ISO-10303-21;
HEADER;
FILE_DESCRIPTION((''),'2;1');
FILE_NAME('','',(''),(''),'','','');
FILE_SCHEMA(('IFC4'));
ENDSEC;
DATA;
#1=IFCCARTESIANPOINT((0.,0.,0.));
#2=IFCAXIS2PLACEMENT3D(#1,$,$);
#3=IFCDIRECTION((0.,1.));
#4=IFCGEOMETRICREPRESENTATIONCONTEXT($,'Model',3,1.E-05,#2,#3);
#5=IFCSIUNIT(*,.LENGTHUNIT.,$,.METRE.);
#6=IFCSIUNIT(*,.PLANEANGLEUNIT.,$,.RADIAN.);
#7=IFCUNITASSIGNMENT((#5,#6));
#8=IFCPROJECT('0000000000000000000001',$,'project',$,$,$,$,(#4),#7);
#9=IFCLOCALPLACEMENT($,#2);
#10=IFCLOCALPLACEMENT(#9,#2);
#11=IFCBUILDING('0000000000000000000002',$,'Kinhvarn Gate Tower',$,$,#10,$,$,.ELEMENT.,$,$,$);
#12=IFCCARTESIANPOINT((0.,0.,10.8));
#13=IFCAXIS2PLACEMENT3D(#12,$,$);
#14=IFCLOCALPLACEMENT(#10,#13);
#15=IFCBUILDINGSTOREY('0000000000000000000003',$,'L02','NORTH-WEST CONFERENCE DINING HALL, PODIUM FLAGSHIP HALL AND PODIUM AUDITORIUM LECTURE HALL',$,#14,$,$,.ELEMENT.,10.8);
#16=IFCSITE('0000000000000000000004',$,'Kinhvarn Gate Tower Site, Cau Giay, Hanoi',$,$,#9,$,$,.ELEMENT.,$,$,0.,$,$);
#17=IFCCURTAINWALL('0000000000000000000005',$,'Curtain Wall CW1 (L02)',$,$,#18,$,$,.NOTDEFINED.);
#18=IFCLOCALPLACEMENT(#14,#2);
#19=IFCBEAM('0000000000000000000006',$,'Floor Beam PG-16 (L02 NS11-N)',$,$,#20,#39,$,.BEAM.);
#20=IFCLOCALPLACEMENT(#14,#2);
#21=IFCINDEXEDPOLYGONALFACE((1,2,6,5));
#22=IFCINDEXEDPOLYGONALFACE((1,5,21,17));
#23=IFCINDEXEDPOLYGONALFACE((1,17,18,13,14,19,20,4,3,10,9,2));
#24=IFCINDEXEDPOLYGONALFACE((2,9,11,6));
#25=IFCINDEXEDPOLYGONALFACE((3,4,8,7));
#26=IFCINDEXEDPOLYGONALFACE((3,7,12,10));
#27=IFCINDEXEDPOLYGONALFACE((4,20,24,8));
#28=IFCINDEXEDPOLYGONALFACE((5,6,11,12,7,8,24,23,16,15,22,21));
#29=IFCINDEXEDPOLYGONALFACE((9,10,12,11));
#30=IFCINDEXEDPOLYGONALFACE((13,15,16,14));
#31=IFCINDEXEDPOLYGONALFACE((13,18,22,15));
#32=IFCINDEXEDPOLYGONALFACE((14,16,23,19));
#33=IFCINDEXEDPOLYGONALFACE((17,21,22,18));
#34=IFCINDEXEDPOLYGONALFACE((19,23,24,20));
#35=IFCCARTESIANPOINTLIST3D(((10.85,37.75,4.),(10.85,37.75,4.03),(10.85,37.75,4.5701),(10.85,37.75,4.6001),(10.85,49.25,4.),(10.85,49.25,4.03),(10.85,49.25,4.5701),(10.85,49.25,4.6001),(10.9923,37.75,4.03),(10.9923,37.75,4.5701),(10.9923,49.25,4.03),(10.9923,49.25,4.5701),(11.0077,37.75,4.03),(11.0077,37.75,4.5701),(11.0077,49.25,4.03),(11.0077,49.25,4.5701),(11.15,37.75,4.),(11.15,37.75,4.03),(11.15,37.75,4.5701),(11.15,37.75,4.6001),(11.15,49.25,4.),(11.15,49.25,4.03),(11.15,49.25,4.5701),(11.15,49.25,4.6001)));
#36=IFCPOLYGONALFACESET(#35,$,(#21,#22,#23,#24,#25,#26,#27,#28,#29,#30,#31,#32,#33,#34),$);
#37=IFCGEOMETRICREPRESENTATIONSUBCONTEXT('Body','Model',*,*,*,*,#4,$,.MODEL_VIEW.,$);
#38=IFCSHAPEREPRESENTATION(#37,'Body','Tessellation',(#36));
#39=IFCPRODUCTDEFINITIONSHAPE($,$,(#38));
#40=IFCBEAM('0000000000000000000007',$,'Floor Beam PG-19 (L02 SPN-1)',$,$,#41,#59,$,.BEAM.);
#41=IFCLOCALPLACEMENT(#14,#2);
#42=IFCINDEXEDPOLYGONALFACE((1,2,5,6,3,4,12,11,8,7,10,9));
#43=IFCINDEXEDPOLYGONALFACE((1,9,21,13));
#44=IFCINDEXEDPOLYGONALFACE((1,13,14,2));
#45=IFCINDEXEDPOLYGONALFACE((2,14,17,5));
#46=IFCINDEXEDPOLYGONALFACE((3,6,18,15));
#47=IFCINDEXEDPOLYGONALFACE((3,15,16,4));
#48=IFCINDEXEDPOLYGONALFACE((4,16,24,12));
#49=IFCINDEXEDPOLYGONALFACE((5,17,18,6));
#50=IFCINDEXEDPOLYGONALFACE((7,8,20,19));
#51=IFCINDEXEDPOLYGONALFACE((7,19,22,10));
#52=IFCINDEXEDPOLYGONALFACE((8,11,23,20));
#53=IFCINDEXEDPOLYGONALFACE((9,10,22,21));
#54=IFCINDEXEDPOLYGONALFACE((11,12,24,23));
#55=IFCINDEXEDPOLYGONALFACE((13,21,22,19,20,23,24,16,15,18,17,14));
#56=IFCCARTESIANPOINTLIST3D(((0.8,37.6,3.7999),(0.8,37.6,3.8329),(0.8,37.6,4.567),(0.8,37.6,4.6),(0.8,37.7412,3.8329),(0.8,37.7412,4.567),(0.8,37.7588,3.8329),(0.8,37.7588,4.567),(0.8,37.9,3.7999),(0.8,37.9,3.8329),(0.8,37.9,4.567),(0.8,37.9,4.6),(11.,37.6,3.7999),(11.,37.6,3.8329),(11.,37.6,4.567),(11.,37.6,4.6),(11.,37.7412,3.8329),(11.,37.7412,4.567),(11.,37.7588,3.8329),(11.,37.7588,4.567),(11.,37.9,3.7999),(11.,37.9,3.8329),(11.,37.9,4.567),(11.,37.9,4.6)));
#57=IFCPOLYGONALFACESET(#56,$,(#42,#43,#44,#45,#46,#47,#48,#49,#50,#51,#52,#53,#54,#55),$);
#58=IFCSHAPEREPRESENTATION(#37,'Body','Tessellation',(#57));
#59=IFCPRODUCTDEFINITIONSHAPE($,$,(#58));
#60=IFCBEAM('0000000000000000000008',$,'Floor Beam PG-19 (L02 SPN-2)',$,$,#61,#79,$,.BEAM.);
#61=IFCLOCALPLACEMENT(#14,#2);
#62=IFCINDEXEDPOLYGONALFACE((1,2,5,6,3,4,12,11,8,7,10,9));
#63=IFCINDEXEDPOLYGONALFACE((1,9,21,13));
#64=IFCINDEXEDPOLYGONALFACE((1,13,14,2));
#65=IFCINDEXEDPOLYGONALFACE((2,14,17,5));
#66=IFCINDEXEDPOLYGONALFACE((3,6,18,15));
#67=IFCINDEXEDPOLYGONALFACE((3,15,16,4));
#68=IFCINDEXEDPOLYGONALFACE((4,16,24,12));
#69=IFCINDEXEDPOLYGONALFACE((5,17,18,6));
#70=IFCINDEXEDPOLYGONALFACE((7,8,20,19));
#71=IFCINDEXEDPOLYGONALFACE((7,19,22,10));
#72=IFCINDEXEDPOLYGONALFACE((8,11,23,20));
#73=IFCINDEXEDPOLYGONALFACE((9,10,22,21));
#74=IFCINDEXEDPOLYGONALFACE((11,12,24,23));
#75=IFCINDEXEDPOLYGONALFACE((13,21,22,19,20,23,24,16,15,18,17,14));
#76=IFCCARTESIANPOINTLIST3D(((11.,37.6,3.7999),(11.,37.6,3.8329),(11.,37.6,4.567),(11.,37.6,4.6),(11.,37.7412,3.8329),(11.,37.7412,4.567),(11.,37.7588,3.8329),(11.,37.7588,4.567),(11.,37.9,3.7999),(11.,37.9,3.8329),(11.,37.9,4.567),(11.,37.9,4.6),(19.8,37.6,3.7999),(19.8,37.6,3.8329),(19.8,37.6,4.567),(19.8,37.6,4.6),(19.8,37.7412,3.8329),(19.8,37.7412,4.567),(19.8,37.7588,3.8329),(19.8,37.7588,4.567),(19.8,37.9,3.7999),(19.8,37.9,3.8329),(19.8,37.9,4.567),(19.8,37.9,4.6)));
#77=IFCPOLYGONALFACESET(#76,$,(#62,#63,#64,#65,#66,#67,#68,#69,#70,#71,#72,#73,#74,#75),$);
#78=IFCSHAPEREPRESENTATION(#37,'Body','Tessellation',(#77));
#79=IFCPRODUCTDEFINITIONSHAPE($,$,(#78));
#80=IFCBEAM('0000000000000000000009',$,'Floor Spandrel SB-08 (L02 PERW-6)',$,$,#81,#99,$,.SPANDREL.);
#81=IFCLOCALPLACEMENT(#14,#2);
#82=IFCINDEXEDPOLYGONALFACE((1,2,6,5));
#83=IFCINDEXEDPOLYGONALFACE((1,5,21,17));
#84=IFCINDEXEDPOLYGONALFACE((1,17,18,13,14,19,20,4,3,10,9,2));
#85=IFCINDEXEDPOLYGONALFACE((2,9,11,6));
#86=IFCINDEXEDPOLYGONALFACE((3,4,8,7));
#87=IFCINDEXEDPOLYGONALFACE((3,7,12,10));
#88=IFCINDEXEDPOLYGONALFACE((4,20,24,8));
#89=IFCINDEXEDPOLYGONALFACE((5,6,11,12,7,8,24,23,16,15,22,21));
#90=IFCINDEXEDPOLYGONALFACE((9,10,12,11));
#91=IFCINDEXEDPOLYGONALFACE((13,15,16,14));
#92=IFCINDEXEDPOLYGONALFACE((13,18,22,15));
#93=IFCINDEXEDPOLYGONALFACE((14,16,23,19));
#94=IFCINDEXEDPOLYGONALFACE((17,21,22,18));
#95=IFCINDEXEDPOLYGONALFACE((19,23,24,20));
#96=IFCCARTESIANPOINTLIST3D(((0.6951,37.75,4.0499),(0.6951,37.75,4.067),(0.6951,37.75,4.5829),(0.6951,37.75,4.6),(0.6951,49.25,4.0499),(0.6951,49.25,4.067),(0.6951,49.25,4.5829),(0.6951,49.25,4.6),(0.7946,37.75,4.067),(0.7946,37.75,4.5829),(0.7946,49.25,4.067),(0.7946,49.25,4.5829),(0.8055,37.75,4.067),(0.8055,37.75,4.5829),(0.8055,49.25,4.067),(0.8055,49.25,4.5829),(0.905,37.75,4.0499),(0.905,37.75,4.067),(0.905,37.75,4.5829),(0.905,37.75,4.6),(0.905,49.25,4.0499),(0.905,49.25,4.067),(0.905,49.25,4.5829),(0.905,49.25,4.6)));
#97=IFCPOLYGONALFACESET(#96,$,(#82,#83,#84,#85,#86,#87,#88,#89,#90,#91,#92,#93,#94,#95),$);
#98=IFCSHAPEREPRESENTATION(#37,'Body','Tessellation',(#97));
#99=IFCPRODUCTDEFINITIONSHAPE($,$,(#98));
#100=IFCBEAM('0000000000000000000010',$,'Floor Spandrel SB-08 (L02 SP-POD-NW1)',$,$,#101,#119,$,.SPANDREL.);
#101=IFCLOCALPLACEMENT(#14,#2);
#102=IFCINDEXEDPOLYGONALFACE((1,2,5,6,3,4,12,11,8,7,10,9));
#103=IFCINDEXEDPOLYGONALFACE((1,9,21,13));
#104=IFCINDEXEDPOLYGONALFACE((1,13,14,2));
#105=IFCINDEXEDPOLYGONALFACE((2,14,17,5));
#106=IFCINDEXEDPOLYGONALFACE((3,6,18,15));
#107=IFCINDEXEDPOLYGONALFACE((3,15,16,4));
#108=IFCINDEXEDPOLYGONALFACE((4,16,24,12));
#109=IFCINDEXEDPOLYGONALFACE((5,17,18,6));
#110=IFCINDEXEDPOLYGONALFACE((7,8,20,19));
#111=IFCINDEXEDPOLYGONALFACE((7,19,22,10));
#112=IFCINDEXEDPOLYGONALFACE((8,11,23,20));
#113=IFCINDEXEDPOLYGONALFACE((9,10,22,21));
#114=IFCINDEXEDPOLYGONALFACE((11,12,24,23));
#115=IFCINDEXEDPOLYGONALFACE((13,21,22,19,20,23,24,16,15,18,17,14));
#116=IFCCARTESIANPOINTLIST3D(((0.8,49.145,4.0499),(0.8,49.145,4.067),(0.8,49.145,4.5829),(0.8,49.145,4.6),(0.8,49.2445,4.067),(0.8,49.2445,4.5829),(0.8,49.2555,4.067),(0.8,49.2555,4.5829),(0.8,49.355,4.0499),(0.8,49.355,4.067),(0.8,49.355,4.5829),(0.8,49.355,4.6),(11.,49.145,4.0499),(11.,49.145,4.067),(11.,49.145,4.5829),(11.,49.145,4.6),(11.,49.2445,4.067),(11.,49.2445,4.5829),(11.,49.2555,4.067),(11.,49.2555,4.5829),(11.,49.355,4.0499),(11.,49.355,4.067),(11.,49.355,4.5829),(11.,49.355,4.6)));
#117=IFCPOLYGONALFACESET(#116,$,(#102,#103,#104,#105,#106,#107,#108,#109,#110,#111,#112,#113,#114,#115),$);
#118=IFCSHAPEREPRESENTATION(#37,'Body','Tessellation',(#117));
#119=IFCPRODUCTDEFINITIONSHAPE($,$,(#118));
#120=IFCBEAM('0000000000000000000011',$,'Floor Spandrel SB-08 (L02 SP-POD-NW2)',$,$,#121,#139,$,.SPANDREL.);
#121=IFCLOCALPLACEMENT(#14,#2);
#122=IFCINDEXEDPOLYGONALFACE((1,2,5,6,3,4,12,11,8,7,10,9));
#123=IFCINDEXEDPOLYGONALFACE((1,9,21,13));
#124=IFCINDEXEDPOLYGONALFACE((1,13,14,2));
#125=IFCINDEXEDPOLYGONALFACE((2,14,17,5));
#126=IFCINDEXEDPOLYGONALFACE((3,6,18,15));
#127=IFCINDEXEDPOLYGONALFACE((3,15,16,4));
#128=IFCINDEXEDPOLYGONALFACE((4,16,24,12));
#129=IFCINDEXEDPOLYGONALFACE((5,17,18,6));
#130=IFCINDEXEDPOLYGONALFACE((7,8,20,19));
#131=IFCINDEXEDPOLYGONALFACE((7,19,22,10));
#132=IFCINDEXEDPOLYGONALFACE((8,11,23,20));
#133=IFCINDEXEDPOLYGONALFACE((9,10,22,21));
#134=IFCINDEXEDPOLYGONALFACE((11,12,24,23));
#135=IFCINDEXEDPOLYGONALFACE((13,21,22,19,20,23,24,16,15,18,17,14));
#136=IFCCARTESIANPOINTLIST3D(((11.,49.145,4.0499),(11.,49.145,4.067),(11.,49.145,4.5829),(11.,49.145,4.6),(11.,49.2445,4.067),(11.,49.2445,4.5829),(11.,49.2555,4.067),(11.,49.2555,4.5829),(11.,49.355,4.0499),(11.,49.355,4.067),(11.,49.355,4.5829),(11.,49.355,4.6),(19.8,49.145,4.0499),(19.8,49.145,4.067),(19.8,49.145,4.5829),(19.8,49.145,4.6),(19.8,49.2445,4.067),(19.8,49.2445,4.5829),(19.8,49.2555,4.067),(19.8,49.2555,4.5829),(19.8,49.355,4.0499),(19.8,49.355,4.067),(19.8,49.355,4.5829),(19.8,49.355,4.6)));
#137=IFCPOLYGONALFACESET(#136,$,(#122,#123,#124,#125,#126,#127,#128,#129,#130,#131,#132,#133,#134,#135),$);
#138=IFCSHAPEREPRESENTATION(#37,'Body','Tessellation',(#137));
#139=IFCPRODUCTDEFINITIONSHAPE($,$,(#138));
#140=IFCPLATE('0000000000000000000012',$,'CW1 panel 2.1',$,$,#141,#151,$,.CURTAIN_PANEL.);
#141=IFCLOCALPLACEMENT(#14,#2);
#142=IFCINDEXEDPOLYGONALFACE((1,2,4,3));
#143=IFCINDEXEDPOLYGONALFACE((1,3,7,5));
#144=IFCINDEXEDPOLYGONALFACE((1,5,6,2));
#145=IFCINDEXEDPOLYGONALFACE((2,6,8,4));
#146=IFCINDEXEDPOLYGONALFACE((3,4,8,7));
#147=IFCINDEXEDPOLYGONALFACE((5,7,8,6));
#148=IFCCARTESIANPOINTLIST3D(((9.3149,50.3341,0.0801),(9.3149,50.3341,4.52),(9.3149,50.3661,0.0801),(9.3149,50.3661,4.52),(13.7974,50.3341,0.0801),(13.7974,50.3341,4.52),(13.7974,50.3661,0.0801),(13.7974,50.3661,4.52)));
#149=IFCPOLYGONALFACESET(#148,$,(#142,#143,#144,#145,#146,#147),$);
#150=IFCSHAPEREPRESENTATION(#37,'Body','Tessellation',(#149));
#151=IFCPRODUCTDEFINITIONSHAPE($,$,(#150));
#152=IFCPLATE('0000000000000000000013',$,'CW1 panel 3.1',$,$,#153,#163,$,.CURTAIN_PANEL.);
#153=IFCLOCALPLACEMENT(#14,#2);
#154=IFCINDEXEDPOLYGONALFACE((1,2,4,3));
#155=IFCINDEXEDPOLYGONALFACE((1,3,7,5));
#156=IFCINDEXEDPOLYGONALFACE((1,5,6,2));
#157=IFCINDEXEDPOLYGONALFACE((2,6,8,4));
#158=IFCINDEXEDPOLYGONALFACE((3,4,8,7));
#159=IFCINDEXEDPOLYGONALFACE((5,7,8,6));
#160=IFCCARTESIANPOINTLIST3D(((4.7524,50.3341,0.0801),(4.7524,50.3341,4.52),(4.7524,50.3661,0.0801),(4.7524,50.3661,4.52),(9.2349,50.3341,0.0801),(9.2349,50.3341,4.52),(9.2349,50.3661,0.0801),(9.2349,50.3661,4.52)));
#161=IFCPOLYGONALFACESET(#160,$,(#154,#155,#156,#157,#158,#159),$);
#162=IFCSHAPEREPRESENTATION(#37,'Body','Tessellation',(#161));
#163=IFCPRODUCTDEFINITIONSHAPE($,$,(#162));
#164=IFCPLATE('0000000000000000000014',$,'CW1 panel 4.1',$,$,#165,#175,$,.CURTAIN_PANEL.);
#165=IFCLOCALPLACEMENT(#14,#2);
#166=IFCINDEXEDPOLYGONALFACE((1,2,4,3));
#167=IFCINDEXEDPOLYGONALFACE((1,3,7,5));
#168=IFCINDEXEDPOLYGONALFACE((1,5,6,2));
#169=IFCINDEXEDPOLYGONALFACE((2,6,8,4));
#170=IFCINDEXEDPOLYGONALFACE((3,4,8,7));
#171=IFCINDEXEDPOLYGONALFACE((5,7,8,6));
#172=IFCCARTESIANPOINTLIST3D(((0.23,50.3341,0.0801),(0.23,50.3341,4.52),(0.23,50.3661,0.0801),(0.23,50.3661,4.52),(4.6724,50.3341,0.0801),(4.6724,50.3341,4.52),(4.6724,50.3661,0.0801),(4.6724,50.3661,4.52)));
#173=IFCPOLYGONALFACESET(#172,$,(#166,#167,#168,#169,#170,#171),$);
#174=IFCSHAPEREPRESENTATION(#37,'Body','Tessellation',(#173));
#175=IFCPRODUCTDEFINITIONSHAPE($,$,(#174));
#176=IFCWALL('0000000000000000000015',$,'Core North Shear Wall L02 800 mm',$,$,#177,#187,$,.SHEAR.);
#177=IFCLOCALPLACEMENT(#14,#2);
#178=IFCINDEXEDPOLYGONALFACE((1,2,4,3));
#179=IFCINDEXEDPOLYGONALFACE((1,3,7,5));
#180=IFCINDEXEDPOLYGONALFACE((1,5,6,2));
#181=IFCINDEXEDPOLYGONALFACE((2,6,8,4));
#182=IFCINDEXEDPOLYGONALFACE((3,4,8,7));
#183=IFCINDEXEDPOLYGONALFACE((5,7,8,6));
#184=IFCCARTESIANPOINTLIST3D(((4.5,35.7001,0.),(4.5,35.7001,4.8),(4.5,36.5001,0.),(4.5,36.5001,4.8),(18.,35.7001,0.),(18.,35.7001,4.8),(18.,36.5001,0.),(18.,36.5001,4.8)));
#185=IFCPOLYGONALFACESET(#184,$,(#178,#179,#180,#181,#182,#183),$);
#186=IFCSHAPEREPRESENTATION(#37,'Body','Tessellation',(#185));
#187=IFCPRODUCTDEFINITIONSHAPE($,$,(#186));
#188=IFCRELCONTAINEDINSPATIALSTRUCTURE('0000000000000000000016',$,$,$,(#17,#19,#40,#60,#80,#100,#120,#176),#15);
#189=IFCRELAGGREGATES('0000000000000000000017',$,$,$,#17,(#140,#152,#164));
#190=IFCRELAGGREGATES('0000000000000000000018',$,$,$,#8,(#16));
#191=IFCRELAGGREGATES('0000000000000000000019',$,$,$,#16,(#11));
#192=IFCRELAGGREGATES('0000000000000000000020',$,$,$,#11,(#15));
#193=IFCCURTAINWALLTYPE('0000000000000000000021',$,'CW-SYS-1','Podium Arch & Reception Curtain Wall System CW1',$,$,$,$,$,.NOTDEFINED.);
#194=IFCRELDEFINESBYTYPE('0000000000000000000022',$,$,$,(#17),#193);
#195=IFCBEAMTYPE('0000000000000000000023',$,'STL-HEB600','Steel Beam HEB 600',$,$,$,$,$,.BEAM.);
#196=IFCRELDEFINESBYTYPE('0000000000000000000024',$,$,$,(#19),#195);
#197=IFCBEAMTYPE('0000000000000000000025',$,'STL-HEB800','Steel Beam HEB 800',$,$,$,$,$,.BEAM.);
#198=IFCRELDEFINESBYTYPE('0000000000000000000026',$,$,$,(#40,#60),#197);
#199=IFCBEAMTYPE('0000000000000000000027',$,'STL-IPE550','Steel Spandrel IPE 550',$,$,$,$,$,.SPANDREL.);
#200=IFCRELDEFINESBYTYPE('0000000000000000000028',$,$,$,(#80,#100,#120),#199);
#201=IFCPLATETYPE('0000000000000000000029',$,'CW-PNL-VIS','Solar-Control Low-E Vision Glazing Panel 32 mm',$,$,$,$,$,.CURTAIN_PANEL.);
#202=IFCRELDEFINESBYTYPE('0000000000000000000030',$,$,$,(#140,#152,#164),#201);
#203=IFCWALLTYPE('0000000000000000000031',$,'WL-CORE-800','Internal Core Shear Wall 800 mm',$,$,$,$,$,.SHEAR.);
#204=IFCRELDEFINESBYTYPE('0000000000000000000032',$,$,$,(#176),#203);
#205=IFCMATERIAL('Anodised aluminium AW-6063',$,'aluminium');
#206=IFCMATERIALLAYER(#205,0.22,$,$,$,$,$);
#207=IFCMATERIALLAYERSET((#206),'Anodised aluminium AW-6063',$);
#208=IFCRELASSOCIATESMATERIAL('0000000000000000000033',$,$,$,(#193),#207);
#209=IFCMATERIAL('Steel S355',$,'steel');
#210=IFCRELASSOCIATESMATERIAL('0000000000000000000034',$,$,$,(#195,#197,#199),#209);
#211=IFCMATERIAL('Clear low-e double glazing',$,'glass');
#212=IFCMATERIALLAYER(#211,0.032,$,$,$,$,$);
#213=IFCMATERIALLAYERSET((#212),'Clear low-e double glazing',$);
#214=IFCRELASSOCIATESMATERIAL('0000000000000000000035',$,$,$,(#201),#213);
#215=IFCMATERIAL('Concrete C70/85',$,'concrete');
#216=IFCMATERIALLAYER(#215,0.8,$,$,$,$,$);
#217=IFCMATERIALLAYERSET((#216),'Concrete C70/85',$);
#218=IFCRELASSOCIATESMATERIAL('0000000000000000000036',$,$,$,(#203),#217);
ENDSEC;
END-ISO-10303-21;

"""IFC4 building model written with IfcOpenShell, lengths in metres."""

from ifc_helpers import new_model, si_unit, direction, frame, frame_2d, origin, origin_2d, place, context, subcontext, project, spatial, rectangle, i_section, extrude, material, layer, layer_set, material_profile, profile_set, type_object, element, aggregate, save


model = new_model("IFC4")

# Units and contexts
model_context = context("Model", 3, precision=1e-05, world=origin(), true_north=direction((0.0, 1.0)))
body_context = subcontext(model_context, "Body", "Model", "MODEL_VIEW")
ifc_project = project(units=[si_unit("LENGTHUNIT", "METRE"), si_unit("PLANEANGLEUNIT", "RADIAN")], contexts=[model_context])

# Site, building, storey
site_placement = place(None, origin())
site = spatial("IfcSite", under=ifc_project, at=site_placement, Name="Kinhvarn Gate Tower Site, Cau Giay, Hanoi", CompositionType="ELEMENT", RefElevation=0.0)
building_placement = place(site_placement, origin())
building = spatial("IfcBuilding", under=site, at=building_placement, Name="Kinhvarn Gate Tower", CompositionType="ELEMENT")
storey_placement = place(building_placement, frame((0.0, 0.0, 10.8)))
storey = spatial("IfcBuildingStorey", under=building, at=storey_placement, Name="L02", Description="NORTH-WEST CONFERENCE DINING HALL, PODIUM FLAGSHIP HALL AND PODIUM AUDITORIUM LECTURE HALL", CompositionType="ELEMENT", Elevation=10.8)

# Shared definitions
ifc_material_1 = material(Name="Concrete C70/85", Category="concrete")

# Curtain wall
ifc_material_2 = material(Name="Anodised aluminium AW-6063", Category="aluminium")
ifc_layer_1 = layer(ifc_material_2, 0.22)
ifc_layer_set_1 = layer_set([ifc_layer_1], Name="Anodised aluminium AW-6063")
curtain_wall_type = type_object("IfcCurtainWallType", Name="CW-SYS-1", Description="Podium Arch & Reception Curtain Wall System CW1", PredefinedType="NOTDEFINED", material=ifc_layer_set_1)
curtain_wall_placement = place(storey_placement, origin())
curtain_wall = element("IfcCurtainWall", 1, at=curtain_wall_placement, inside=storey, type_object=curtain_wall_type, Name="Curtain Wall CW1 (L02)", PredefinedType="NOTDEFINED")

# Beams
ifc_material_3 = material(Name="Steel S355", Category="steel")
ifc_material_profile_1 = material_profile(ifc_material_3, i_section(OverallWidth=0.3, OverallDepth=0.6001, WebThickness=0.0154, FlangeThickness=0.03, at=origin_2d()), Name="HEB 600")
ifc_profile_set_1 = profile_set([ifc_material_profile_1], Name="Steel S355")
beam_type_1 = type_object("IfcBeamType", Name="STL-HEB600", Description="Steel Beam HEB 600", PredefinedType="BEAM", material=ifc_profile_set_1)
beam_1_placement = place(storey_placement, frame((11.0, 37.75, 4.3), z_axis=(0.0, 1.0, 0.0), x_axis=(-1.0, 0.0, 0.0)))
element("IfcBeam", 2, at=beam_1_placement, inside=storey, type_object=beam_type_1, Name="Floor Beam PG-16 (L02 NS11-N)", PredefinedType="BEAM", context=body_context, shape_type="SweptSolid", body=[
    extrude(i_section(OverallWidth=0.3, OverallDepth=0.6001, WebThickness=0.0154, FlangeThickness=0.03, at=origin_2d()), origin(), (0.0, 0.0, 1.0), 11.5),
])
ifc_material_profile_2 = material_profile(ifc_material_3, i_section(OverallWidth=0.3, OverallDepth=0.8, WebThickness=0.0176, FlangeThickness=0.033, at=origin_2d()), Name="HEB 800")
ifc_profile_set_2 = profile_set([ifc_material_profile_2], Name="Steel S355")
beam_type_2 = type_object("IfcBeamType", Name="STL-HEB800", Description="Steel Beam HEB 800", PredefinedType="BEAM", material=ifc_profile_set_2)
beam_2_placement = place(storey_placement, frame((0.8, 37.75, 4.2), z_axis=(1.0, 0.0, 0.0), x_axis=(0.0, 1.0, 0.0)))
element("IfcBeam", 3, at=beam_2_placement, inside=storey, type_object=beam_type_2, Name="Floor Beam PG-19 (L02 SPN-1)", PredefinedType="BEAM", context=body_context, shape_type="SweptSolid", body=[
    extrude(i_section(OverallWidth=0.3, OverallDepth=0.8, WebThickness=0.0176, FlangeThickness=0.033, at=origin_2d()), origin(), (0.0, 0.0, 1.0), 10.2),
])
beam_3_placement = place(storey_placement, frame((11.0, 37.75, 4.2), z_axis=(1.0, 0.0, 0.0), x_axis=(0.0, 1.0, 0.0)))
element("IfcBeam", 4, at=beam_3_placement, inside=storey, type_object=beam_type_2, Name="Floor Beam PG-19 (L02 SPN-2)", PredefinedType="BEAM", context=body_context, shape_type="SweptSolid", body=[
    extrude(i_section(OverallWidth=0.3, OverallDepth=0.8, WebThickness=0.0176, FlangeThickness=0.033, at=origin_2d()), origin(), (0.0, 0.0, 1.0), 8.8),
])
ifc_material_profile_3 = material_profile(ifc_material_3, i_section(OverallWidth=0.21, OverallDepth=0.55, WebThickness=0.011, FlangeThickness=0.0171, at=origin_2d()), Name="IPE 550")
ifc_profile_set_3 = profile_set([ifc_material_profile_3], Name="Steel S355")
beam_type_3 = type_object("IfcBeamType", Name="STL-IPE550", Description="Steel Spandrel IPE 550", PredefinedType="SPANDREL", material=ifc_profile_set_3)
beam_4_placement = place(storey_placement, frame((0.8, 37.75, 4.325), z_axis=(0.0, 1.0, 0.0), x_axis=(-1.0, 0.0, 0.0)))
element("IfcBeam", 5, at=beam_4_placement, inside=storey, type_object=beam_type_3, Name="Floor Spandrel SB-08 (L02 PERW-6)", PredefinedType="SPANDREL", context=body_context, shape_type="SweptSolid", body=[
    extrude(i_section(OverallWidth=0.21, OverallDepth=0.55, WebThickness=0.011, FlangeThickness=0.0171, at=origin_2d()), origin(), (0.0, 0.0, 1.0), 11.5),
])
beam_5_placement = place(storey_placement, frame((0.8, 49.25, 4.325), z_axis=(1.0, 0.0, 0.0), x_axis=(0.0, 1.0, 0.0)))
element("IfcBeam", 6, at=beam_5_placement, inside=storey, type_object=beam_type_3, Name="Floor Spandrel SB-08 (L02 SP-POD-NW1)", PredefinedType="SPANDREL", context=body_context, shape_type="SweptSolid", body=[
    extrude(i_section(OverallWidth=0.21, OverallDepth=0.55, WebThickness=0.011, FlangeThickness=0.0171, at=origin_2d()), origin(), (0.0, 0.0, 1.0), 10.2),
])
beam_6_placement = place(storey_placement, frame((11.0, 49.25, 4.325), z_axis=(1.0, 0.0, 0.0), x_axis=(0.0, 1.0, 0.0)))
element("IfcBeam", 7, at=beam_6_placement, inside=storey, type_object=beam_type_3, Name="Floor Spandrel SB-08 (L02 SP-POD-NW2)", PredefinedType="SPANDREL", context=body_context, shape_type="SweptSolid", body=[
    extrude(i_section(OverallWidth=0.21, OverallDepth=0.55, WebThickness=0.011, FlangeThickness=0.0171, at=origin_2d()), origin(), (0.0, 0.0, 1.0), 8.8),
])

# Plates
ifc_material_4 = material(Name="Clear low-e double glazing", Category="glass")
ifc_layer_2 = layer(ifc_material_4, 0.032)
ifc_layer_set_2 = layer_set([ifc_layer_2], Name="Clear low-e double glazing")
plate_type = type_object("IfcPlateType", Name="CW-PNL-VIS", Description="Solar-Control Low-E Vision Glazing Panel 32 mm", PredefinedType="CURTAIN_PANEL", material=ifc_layer_set_2)
plate_1_placement = place(storey_placement, frame((11.5562, 50.3501, 0.0801), z_axis=(0.0, 0.0, 1.0), x_axis=(-1.0, 0.0, 0.0)))
plate_1 = element("IfcPlate", 8, at=plate_1_placement, type_object=plate_type, Name="CW1 panel 2.1", PredefinedType="CURTAIN_PANEL", context=body_context, shape_type="SweptSolid", body=[
    extrude(rectangle(XDim=4.4824, YDim=0.032, at=origin_2d()), origin(), (0.0, 0.0, 1.0), 4.4399),
])
plate_2_placement = place(storey_placement, frame((6.9937, 50.3501, 0.0801), z_axis=(0.0, 0.0, 1.0), x_axis=(-1.0, 0.0, 0.0)))
plate_2 = element("IfcPlate", 9, at=plate_2_placement, type_object=plate_type, Name="CW1 panel 3.1", PredefinedType="CURTAIN_PANEL", context=body_context, shape_type="SweptSolid", body=[
    extrude(rectangle(XDim=4.4824, YDim=0.032, at=origin_2d()), origin(), (0.0, 0.0, 1.0), 4.4399),
])
plate_3_placement = place(storey_placement, frame((2.4512, 50.3501, 0.0801), z_axis=(0.0, 0.0, 1.0), x_axis=(-1.0, 0.0, 0.0)))
plate_3 = element("IfcPlate", 10, at=plate_3_placement, type_object=plate_type, Name="CW1 panel 4.1", PredefinedType="CURTAIN_PANEL", context=body_context, shape_type="SweptSolid", body=[
    extrude(rectangle(XDim=4.4424, YDim=0.032, at=origin_2d()), origin(), (0.0, 0.0, 1.0), 4.4399),
])
aggregate(curtain_wall, [plate_1, plate_2, plate_3])

# Wall
ifc_layer_3 = layer(ifc_material_1, 0.8)
ifc_layer_set_3 = layer_set([ifc_layer_3], Name="Concrete C70/85")
wall_type_1 = type_object("IfcWallType", Name="WL-CORE-800", Description="Internal Core Shear Wall 800 mm", PredefinedType="SHEAR", material=ifc_layer_set_3)
wall_1_placement = place(storey_placement, frame((4.5, 36.1001, 0.0), z_axis=(0.0, 0.0, 1.0), x_axis=(1.0, 0.0, 0.0)))
element("IfcWall", 11, at=wall_1_placement, inside=storey, type_object=wall_type_1, Name="Core North Shear Wall L02 800 mm", PredefinedType="SHEAR", context=body_context, shape_type="SweptSolid", body=[
    extrude(rectangle(XDim=13.5, YDim=0.8, at=frame_2d((6.75, 0.0))), origin(), (0.0, 0.0, 1.0), 4.8),
])

save(model, "model.ifc")
